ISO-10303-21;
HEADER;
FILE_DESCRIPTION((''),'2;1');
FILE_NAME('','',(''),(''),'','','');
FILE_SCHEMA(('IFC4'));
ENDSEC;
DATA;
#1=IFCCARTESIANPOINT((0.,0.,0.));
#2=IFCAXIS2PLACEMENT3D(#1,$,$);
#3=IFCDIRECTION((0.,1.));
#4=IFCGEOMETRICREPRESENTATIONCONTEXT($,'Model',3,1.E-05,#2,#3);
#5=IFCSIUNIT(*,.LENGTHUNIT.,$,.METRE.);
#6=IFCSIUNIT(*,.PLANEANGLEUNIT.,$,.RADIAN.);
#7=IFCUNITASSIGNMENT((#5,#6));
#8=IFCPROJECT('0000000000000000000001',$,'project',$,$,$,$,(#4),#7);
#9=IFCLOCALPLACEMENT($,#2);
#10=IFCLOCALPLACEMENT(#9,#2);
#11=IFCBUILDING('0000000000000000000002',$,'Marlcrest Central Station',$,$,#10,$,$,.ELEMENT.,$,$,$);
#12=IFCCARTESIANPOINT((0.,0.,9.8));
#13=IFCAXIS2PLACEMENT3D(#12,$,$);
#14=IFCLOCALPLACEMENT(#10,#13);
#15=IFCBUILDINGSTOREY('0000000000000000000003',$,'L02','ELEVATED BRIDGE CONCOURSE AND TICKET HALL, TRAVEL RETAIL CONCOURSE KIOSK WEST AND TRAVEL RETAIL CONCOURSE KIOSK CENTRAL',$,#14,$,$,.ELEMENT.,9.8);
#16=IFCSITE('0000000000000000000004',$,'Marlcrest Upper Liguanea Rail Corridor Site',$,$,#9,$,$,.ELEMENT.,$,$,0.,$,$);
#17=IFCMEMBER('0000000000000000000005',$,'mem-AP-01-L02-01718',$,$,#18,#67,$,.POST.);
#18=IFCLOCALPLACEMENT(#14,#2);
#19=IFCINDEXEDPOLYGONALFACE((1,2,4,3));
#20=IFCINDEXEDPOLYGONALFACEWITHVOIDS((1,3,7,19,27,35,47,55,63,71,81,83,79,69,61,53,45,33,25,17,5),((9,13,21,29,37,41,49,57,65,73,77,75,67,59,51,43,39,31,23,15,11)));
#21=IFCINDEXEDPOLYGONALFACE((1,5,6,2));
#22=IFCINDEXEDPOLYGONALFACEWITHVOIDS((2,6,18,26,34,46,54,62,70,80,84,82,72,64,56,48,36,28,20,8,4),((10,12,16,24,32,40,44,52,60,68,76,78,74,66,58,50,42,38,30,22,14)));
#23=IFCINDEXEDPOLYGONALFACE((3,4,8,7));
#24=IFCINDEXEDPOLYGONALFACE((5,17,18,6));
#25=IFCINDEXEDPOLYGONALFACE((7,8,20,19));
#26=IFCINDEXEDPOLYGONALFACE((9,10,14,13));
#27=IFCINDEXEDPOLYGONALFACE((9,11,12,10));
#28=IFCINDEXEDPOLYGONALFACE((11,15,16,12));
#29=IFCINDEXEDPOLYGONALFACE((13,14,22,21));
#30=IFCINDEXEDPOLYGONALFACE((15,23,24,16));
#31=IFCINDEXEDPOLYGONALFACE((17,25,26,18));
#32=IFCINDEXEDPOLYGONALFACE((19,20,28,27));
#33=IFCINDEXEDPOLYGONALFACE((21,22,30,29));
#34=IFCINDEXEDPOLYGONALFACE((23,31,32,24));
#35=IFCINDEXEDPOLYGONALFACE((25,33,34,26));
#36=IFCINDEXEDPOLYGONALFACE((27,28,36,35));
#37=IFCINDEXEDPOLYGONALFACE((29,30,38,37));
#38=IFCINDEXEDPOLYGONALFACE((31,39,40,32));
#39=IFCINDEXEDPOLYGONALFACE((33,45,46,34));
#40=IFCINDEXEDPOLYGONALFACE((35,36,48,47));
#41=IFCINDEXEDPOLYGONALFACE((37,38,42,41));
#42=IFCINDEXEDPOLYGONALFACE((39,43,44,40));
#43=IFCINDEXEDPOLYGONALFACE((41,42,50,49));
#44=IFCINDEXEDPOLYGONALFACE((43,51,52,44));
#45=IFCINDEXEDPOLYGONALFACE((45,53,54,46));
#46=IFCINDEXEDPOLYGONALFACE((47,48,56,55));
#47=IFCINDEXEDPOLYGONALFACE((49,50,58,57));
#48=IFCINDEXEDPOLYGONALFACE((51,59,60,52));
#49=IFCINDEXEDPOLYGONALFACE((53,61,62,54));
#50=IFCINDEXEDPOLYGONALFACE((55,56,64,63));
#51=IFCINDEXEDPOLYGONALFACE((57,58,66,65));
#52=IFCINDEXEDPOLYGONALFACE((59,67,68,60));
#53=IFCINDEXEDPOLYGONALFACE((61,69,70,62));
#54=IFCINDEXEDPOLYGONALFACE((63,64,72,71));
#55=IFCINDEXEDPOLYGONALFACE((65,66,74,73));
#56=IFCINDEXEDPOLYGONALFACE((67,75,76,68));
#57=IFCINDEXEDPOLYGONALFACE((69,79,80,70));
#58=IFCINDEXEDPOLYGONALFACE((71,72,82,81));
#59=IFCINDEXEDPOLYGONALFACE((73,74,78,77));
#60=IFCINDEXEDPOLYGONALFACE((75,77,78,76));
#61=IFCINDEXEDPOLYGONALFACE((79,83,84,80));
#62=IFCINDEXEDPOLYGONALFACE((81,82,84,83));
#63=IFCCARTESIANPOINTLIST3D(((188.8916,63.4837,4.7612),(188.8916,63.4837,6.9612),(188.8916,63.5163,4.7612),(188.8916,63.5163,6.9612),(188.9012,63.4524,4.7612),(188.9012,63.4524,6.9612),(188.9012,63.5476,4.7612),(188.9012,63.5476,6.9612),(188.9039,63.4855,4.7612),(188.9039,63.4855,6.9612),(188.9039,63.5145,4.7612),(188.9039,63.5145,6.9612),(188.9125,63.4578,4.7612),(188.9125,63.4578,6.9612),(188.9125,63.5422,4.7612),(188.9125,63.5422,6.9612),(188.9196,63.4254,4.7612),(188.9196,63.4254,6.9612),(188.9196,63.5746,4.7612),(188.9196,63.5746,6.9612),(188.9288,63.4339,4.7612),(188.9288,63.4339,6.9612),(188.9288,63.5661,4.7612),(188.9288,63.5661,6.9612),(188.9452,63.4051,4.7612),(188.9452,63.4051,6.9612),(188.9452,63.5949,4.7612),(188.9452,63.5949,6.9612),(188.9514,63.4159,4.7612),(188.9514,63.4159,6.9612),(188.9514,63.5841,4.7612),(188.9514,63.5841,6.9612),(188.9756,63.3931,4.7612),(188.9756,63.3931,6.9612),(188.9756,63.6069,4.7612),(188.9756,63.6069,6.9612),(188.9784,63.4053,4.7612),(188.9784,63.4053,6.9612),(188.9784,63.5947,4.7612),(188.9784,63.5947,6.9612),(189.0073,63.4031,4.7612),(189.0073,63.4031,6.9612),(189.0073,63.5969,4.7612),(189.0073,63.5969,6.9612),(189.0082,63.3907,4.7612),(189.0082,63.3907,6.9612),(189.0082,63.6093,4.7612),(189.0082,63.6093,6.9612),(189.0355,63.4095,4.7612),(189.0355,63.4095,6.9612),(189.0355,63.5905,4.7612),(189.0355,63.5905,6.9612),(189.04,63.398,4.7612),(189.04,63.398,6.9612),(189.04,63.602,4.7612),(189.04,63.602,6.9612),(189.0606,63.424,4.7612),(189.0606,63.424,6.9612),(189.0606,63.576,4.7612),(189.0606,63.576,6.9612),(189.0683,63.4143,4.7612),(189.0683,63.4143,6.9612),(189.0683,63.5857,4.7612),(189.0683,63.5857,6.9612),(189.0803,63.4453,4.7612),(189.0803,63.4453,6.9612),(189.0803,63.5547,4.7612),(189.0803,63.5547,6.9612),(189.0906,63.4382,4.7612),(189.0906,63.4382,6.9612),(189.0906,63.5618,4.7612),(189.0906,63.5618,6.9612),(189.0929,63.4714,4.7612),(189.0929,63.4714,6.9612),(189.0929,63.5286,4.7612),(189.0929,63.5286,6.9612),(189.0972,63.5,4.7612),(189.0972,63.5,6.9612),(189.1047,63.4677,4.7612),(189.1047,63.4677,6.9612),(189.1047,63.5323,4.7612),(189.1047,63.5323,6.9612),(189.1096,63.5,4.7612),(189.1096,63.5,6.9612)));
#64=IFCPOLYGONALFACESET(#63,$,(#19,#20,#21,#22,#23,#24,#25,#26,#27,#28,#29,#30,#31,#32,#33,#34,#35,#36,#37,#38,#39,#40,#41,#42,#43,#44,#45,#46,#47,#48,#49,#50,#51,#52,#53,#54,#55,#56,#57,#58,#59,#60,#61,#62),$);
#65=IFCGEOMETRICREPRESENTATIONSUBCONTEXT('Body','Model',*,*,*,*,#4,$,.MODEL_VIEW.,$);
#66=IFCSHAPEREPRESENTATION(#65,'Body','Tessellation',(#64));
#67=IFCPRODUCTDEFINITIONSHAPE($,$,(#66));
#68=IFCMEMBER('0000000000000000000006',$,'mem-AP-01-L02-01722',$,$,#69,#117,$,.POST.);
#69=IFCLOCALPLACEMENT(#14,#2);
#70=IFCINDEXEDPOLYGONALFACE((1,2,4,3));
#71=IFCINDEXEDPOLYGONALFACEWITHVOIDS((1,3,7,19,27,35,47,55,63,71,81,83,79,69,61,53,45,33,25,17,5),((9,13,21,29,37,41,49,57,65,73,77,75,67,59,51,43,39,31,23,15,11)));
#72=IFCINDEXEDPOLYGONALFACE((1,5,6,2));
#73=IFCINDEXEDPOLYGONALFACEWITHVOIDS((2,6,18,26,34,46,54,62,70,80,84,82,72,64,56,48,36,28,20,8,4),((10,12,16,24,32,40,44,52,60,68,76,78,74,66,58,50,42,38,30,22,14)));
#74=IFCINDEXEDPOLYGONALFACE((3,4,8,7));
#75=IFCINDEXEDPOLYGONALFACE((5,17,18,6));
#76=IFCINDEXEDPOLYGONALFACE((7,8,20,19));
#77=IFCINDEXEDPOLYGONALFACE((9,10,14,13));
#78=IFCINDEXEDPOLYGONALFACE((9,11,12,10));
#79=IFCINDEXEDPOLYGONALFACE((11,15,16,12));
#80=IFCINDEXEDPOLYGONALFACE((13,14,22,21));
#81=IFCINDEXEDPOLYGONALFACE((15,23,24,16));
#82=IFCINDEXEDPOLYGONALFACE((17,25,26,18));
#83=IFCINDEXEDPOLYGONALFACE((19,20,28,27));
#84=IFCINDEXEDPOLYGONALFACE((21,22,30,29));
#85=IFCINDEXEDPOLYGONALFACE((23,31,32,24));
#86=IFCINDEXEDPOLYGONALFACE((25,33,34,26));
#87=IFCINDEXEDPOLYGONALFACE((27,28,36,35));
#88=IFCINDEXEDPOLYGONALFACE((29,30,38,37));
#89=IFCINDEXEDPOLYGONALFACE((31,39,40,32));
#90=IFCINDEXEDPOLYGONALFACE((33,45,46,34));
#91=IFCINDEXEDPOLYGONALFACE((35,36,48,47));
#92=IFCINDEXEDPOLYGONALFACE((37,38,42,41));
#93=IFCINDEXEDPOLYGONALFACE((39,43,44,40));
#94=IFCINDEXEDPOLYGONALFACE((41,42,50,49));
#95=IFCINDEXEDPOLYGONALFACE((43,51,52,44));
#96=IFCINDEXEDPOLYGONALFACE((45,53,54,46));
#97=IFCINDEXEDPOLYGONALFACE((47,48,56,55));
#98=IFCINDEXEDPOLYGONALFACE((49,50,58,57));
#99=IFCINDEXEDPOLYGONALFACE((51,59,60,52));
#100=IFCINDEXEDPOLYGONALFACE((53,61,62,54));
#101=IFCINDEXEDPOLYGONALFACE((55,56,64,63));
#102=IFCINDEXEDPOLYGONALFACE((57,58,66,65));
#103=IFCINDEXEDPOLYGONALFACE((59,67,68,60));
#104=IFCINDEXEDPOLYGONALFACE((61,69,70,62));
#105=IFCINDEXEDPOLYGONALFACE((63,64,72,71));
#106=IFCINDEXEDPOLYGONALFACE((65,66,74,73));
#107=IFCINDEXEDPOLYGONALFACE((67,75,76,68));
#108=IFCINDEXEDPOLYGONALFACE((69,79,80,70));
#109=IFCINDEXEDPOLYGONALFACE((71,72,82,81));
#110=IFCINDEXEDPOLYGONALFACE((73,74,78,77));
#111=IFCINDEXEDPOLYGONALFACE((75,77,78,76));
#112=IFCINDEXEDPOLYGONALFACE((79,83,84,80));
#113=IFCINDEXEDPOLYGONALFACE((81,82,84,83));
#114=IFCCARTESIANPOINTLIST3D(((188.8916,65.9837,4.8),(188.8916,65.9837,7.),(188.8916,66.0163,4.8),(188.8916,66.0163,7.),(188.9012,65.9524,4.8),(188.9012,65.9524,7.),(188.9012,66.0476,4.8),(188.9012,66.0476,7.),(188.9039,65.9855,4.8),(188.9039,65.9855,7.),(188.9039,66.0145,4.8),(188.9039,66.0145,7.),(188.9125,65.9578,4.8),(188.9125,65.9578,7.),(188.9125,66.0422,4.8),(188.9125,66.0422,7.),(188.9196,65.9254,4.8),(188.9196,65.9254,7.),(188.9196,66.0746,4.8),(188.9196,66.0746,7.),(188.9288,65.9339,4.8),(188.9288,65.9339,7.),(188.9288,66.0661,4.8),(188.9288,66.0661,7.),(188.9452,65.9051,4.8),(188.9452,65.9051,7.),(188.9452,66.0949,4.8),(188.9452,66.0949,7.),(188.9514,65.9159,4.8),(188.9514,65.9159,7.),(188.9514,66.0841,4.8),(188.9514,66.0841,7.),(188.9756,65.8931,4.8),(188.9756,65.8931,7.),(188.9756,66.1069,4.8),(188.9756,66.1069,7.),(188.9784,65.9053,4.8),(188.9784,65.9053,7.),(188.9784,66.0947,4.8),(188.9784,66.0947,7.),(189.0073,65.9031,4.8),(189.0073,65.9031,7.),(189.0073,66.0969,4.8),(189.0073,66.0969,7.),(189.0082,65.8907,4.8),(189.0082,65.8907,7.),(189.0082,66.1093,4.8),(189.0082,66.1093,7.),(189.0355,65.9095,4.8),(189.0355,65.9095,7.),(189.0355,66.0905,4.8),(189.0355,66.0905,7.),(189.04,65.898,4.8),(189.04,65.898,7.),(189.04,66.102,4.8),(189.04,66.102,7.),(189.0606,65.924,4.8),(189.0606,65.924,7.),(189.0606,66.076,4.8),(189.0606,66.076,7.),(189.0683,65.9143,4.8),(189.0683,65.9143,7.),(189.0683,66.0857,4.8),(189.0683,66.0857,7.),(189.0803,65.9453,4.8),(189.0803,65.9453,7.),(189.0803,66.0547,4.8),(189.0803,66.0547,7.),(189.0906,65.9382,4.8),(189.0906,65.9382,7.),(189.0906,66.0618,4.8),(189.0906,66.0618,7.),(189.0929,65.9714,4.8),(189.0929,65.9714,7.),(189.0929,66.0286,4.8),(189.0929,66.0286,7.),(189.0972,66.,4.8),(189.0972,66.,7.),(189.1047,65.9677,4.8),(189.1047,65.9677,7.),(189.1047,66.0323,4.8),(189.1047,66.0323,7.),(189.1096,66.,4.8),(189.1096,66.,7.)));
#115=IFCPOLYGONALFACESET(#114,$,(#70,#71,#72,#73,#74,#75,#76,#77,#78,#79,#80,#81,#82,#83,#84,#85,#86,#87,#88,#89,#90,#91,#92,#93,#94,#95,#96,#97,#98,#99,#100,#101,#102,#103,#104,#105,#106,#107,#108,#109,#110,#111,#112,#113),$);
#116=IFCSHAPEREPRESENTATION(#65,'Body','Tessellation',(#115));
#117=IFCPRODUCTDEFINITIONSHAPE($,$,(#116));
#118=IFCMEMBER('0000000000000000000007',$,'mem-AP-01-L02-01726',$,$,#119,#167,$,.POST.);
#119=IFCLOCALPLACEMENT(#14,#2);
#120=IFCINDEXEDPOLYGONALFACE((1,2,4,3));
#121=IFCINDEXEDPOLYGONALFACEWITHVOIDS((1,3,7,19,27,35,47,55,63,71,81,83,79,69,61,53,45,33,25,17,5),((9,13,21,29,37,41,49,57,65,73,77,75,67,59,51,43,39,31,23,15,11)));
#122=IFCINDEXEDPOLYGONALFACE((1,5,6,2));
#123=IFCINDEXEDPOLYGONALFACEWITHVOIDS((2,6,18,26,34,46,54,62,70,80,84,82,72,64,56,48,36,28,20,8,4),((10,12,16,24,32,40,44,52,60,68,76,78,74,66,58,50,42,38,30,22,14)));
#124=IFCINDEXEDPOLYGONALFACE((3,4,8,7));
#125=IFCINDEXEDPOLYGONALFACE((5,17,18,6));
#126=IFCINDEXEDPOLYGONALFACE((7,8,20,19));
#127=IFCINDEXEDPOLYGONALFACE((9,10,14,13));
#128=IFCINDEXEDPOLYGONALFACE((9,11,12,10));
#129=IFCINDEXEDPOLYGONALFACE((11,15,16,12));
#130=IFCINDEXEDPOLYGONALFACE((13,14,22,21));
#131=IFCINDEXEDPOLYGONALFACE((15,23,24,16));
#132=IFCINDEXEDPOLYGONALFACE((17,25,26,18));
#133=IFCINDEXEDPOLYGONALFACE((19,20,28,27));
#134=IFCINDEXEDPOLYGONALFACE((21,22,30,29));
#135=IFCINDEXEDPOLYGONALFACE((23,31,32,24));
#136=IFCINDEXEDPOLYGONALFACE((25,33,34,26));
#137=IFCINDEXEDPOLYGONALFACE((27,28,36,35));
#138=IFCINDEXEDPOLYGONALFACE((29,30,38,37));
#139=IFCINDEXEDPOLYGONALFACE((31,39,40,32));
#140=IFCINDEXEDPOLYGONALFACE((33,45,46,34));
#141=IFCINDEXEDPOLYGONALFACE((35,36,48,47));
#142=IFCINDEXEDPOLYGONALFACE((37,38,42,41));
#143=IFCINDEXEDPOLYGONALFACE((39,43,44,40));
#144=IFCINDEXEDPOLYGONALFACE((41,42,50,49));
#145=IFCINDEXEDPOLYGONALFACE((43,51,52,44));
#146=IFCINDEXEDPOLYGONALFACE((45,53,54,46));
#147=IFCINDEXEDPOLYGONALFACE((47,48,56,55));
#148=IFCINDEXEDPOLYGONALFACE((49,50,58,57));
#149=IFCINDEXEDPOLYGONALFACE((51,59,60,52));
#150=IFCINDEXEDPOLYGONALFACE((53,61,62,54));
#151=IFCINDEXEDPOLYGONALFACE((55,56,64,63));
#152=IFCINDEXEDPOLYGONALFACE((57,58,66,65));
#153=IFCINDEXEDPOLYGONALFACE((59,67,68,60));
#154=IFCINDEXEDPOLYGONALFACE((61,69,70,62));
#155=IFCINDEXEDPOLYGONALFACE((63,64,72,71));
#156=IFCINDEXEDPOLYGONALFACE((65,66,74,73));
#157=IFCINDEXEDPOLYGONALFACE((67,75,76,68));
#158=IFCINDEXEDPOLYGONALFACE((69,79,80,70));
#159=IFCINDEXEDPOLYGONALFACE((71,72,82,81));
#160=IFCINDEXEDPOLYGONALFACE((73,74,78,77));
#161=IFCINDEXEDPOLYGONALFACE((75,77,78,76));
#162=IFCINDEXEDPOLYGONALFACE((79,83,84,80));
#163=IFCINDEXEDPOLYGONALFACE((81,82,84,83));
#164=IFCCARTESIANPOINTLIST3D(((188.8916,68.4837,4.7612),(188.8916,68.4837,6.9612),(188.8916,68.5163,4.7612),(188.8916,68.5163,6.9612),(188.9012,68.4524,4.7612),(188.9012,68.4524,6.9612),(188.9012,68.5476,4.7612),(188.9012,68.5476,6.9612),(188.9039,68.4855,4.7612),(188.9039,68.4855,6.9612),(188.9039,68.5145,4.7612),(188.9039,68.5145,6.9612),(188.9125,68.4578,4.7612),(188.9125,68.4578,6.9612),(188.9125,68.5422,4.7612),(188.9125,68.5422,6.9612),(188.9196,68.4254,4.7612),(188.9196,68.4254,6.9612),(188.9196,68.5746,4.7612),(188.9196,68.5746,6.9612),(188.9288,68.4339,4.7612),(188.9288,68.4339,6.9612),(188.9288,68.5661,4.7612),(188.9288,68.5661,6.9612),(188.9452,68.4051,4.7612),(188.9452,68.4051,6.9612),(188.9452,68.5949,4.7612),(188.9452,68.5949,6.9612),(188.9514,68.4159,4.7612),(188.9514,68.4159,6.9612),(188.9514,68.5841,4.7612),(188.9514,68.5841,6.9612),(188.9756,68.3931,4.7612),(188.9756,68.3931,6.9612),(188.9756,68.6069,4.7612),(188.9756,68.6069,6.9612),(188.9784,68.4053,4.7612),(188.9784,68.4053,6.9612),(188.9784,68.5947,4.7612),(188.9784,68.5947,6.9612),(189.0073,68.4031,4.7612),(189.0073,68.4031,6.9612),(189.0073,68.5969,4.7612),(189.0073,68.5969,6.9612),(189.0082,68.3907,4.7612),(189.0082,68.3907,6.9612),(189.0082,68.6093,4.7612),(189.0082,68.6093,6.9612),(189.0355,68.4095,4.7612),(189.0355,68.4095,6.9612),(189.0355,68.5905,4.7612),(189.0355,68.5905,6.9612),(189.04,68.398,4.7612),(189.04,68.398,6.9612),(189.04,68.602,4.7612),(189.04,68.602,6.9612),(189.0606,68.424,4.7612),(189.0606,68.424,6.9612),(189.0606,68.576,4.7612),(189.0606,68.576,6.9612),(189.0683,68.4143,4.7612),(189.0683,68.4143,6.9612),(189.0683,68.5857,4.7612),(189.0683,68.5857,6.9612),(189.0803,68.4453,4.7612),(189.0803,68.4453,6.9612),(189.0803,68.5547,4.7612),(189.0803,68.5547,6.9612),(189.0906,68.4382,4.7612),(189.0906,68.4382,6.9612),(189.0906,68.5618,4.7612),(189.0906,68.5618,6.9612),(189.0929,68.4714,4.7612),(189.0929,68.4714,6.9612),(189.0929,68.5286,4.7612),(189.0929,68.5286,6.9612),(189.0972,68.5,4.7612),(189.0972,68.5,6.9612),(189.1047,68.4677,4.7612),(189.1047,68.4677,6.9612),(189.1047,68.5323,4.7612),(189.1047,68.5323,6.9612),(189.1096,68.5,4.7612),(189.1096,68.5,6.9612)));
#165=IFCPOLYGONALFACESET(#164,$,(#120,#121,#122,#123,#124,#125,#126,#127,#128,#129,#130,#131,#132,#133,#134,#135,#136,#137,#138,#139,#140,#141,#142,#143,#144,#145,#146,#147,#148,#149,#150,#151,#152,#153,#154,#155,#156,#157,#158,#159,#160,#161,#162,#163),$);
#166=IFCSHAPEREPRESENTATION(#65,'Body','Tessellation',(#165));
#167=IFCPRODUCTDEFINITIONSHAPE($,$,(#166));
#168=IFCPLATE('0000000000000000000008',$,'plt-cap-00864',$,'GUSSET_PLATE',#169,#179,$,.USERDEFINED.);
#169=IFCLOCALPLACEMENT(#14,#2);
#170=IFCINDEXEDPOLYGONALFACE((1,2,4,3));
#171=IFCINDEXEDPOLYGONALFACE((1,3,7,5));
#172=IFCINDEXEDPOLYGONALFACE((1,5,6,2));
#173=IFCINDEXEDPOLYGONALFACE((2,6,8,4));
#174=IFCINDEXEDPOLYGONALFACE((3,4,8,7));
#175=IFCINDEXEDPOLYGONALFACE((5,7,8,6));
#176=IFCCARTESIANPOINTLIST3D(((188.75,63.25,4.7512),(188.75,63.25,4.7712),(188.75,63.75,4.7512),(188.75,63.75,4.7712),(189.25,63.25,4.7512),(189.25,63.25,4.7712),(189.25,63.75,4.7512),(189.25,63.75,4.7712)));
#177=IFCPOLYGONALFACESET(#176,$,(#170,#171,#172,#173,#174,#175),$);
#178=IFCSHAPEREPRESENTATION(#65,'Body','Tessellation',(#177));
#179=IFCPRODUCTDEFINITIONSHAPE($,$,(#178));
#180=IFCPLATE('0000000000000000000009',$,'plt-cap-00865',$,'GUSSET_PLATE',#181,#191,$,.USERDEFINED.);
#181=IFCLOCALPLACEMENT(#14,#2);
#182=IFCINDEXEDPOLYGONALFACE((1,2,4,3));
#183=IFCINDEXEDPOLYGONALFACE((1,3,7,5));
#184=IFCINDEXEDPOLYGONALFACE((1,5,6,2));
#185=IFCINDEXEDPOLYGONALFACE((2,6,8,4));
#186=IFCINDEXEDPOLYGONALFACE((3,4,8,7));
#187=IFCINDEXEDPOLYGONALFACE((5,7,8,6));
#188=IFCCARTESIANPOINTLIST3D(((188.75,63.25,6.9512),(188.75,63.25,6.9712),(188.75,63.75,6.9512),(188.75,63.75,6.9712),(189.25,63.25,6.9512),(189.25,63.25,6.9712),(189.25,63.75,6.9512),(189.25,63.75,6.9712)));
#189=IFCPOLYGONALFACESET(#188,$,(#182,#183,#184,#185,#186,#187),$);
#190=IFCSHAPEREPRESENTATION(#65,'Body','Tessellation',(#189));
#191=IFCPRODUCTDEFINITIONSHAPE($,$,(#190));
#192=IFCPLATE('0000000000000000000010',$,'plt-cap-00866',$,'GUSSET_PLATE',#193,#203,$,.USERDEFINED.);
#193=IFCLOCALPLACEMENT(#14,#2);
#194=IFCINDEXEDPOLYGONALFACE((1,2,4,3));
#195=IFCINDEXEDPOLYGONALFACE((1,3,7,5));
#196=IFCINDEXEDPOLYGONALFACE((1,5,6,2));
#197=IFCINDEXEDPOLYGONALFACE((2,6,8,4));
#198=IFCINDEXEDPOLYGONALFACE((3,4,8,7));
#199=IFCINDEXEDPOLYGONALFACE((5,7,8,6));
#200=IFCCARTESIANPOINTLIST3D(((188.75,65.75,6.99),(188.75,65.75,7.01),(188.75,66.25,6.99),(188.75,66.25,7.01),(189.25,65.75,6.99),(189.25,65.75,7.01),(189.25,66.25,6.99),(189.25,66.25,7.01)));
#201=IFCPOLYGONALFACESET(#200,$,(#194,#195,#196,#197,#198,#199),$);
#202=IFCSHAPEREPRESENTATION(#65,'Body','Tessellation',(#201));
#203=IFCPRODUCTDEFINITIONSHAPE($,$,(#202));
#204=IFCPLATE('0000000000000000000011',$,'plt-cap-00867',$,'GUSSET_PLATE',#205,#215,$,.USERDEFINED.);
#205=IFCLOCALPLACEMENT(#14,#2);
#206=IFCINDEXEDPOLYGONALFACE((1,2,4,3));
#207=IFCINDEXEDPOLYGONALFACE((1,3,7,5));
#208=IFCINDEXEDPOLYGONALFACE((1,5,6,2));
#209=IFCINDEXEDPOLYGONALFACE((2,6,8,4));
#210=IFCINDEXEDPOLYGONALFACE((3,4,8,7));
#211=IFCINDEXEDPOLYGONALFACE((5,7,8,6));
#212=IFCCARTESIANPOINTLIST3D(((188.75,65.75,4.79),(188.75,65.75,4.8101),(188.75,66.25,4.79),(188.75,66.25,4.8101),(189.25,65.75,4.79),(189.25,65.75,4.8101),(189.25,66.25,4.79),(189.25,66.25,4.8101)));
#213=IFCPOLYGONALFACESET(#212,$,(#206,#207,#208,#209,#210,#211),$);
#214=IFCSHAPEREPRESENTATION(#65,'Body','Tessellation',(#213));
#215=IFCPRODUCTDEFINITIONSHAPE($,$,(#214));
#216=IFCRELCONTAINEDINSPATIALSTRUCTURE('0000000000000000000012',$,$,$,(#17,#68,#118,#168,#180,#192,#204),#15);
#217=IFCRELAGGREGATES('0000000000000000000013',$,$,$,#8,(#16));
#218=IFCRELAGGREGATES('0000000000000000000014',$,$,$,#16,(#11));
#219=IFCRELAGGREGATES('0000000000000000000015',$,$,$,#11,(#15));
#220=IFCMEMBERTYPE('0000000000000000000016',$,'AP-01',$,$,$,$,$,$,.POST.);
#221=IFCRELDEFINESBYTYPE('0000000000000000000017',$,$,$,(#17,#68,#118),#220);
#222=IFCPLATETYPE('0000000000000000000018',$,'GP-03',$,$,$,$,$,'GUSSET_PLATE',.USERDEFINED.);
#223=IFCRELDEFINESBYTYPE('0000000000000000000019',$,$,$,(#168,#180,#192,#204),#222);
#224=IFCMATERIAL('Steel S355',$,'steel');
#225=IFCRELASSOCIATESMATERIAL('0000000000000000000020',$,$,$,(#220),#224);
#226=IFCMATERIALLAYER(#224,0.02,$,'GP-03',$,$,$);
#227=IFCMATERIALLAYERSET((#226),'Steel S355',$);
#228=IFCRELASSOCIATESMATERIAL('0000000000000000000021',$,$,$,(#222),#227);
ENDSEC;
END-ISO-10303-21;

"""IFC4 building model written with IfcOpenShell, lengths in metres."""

from ifc_helpers import new_model, si_unit, direction, frame, origin, origin_2d, place, context, subcontext, project, spatial, rectangle, hollow_circle, extrude, material, layer, layer_set, material_profile, profile_set, type_object, element, save


model = new_model("IFC4")

# Units and contexts
model_context = context("Model", 3, precision=1e-05, world=origin(), true_north=direction((0.0, 1.0)))
body_context = subcontext(model_context, "Body", "Model", "MODEL_VIEW")
ifc_project = project(units=[si_unit("LENGTHUNIT", "METRE"), si_unit("PLANEANGLEUNIT", "RADIAN")], contexts=[model_context])

# Site, building, storey
site_placement = place(None, origin())
site = spatial("IfcSite", under=ifc_project, at=site_placement, Name="Marlcrest Upper Liguanea Rail Corridor Site", CompositionType="ELEMENT", RefElevation=0.0)
building_placement = place(site_placement, origin())
building = spatial("IfcBuilding", under=site, at=building_placement, Name="Marlcrest Central Station", CompositionType="ELEMENT")
storey_placement = place(building_placement, frame((0.0, 0.0, 9.8)))
storey = spatial("IfcBuildingStorey", under=building, at=storey_placement, Name="L02", Description="ELEVATED BRIDGE CONCOURSE AND TICKET HALL, TRAVEL RETAIL CONCOURSE KIOSK WEST AND TRAVEL RETAIL CONCOURSE KIOSK CENTRAL", CompositionType="ELEMENT", Elevation=9.8)

# Members
ifc_material = material(Name="Steel S355", Category="steel")
ifc_material_profile_1 = material_profile(ifc_material, hollow_circle(Radius=0.1096, WallThickness=0.0125, at=origin_2d()), Name="CHS 219.1x12.5")
ifc_profile_set_1 = profile_set([ifc_material_profile_1], Name="Steel S355")
member_type_1 = type_object("IfcMemberType", Name="AP-01", PredefinedType="POST", material=ifc_profile_set_1)
for number, where, z_axis, x_axis, name in (
    (1, (189.0, 63.5, 4.7612), (0.0, 0.0, 1.0), (1.0, 0.0, 0.0), "mem-AP-01-L02-01718"),
    (2, (189.0, 66.0, 4.8), (0.0, 0.0, 1.0), (1.0, 0.0, 0.0), "mem-AP-01-L02-01722"),
    (3, (189.0, 68.5, 4.7612), (0.0, 0.0, 1.0), (1.0, 0.0, 0.0), "mem-AP-01-L02-01726"),
):
    element("IfcMember", number, at=place(storey_placement, frame(where, z_axis=z_axis, x_axis=x_axis)), inside=storey, type_object=member_type_1, Name=name, PredefinedType="POST", context=body_context, shape_type="SweptSolid", body=[
        extrude(hollow_circle(Radius=0.1096, WallThickness=0.0125, at=origin_2d()), origin(), (0.0, 0.0, 1.0), 2.2),
    ])

# Plates
ifc_layer = layer(ifc_material, 0.02, Name="GP-03")
ifc_layer_set = layer_set([ifc_layer], Name="Steel S355")
plate_type = type_object("IfcPlateType", Name="GP-03", ElementType="GUSSET_PLATE", PredefinedType="USERDEFINED", material=ifc_layer_set)
for number, where, z_axis, x_axis, name in (
    (4, (189.0, 63.5, 4.7512), (0.0, 0.0, 1.0), (1.0, 0.0, 0.0), "plt-cap-00864"),
    (5, (189.0, 63.5, 6.9512), (0.0, 0.0, 1.0), (1.0, 0.0, 0.0), "plt-cap-00865"),
    (6, (189.0, 66.0, 6.99), (0.0, 0.0, 1.0), (1.0, 0.0, 0.0), "plt-cap-00866"),
    (7, (189.0, 66.0, 4.79), (0.0, 0.0, 1.0), (1.0, 0.0, 0.0), "plt-cap-00867"),
):
    element("IfcPlate", number, at=place(storey_placement, frame(where, z_axis=z_axis, x_axis=x_axis)), inside=storey, type_object=plate_type, Name=name, ObjectType="GUSSET_PLATE", PredefinedType="USERDEFINED", context=body_context, shape_type="SweptSolid", body=[
        extrude(rectangle(XDim=0.5, YDim=0.5, at=origin_2d()), origin(), (0.0, 0.0, 1.0), 0.02),
    ])

save(model, "model.ifc")
